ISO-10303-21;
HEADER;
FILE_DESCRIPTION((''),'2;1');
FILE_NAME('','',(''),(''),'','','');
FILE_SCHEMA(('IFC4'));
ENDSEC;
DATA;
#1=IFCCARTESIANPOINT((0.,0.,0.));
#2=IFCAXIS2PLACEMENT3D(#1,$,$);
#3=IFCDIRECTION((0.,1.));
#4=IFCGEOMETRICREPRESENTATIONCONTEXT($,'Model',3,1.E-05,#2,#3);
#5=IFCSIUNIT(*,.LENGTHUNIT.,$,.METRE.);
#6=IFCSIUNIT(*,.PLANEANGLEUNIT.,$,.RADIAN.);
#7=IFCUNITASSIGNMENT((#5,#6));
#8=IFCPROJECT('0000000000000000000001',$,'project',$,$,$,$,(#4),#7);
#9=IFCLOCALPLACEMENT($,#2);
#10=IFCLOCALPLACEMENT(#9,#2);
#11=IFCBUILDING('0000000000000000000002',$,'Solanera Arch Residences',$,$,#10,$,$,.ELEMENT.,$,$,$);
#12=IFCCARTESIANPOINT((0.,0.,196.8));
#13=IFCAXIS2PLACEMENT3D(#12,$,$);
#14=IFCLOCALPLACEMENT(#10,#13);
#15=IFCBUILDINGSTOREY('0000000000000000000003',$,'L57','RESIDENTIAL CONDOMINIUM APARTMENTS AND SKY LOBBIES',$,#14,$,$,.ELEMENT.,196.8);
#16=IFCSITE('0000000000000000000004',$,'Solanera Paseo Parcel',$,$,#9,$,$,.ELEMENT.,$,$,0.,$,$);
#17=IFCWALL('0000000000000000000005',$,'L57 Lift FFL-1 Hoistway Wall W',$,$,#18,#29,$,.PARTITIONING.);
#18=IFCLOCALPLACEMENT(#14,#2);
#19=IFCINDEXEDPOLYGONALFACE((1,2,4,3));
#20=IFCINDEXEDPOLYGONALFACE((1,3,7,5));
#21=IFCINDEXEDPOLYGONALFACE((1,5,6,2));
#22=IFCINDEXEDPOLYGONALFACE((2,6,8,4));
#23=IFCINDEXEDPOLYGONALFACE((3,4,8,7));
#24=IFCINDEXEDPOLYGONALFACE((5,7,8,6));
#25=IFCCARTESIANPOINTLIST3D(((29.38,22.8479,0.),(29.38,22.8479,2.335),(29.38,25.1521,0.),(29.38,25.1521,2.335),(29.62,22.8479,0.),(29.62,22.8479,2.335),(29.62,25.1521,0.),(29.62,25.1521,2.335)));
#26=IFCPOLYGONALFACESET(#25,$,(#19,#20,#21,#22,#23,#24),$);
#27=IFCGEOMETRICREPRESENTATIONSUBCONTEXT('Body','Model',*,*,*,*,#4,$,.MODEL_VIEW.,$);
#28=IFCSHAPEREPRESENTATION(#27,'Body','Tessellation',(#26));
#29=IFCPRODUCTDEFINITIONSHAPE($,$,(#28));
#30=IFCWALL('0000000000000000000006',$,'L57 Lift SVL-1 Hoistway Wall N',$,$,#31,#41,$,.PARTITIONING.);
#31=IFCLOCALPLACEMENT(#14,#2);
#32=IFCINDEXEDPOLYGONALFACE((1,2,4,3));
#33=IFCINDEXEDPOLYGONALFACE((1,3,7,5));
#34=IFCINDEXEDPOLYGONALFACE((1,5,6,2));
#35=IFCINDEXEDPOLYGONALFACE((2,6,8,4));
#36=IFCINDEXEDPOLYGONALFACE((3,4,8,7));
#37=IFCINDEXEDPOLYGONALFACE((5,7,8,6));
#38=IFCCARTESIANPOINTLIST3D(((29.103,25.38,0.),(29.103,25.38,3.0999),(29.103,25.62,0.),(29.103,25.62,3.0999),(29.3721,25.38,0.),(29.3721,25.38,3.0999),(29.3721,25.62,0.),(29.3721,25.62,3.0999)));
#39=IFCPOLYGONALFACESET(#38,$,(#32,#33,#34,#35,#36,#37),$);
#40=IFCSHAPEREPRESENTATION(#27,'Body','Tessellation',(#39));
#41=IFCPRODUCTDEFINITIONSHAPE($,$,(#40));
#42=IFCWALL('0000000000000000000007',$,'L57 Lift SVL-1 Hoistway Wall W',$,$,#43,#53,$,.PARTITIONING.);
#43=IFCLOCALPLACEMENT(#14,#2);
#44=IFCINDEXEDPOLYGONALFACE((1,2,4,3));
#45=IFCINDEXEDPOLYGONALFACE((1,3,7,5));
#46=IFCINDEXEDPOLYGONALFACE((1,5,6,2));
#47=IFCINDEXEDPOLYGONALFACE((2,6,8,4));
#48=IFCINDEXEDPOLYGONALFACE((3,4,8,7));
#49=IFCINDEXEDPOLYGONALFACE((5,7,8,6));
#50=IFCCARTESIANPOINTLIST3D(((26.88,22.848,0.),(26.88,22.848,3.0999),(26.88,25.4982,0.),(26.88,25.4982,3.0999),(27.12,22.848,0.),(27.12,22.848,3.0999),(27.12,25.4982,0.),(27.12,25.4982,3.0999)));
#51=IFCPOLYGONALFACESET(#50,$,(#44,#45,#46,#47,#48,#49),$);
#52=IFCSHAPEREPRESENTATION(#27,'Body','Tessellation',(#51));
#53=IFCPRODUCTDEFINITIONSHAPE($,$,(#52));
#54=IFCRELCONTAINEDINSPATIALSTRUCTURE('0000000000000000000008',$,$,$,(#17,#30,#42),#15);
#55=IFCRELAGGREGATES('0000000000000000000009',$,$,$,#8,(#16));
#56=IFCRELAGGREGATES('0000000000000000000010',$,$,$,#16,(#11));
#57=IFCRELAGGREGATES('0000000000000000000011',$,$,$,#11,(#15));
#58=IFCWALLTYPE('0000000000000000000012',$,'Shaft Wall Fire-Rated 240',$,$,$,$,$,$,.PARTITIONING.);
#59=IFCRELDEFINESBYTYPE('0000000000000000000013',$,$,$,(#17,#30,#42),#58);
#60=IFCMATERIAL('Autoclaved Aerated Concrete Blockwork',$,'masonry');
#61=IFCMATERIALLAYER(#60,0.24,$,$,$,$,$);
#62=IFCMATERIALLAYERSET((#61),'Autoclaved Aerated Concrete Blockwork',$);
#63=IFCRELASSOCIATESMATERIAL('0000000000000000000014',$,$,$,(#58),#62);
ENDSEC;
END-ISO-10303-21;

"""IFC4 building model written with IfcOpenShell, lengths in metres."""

from ifc_helpers import new_model, si_unit, direction, frame, frame_2d, origin, place, context, subcontext, project, spatial, rectangle, extrude, material, layer, layer_set, type_object, element, save


model = new_model("IFC4")

# Units and contexts
model_context = context("Model", 3, precision=1e-05, world=origin(), true_north=direction((0.0, 1.0)))
body_context = subcontext(model_context, "Body", "Model", "MODEL_VIEW")
ifc_project = project(units=[si_unit("LENGTHUNIT", "METRE"), si_unit("PLANEANGLEUNIT", "RADIAN")], contexts=[model_context])

# Site, building, storey
site_placement = place(None, origin())
site = spatial("IfcSite", under=ifc_project, at=site_placement, Name="Solanera Paseo Parcel", CompositionType="ELEMENT", RefElevation=0.0)
building_placement = place(site_placement, origin())
building = spatial("IfcBuilding", under=site, at=building_placement, Name="Solanera Arch Residences", CompositionType="ELEMENT")
storey_placement = place(building_placement, frame((0.0, 0.0, 196.8)))
storey = spatial("IfcBuildingStorey", under=building, at=storey_placement, Name="L57", Description="RESIDENTIAL CONDOMINIUM APARTMENTS AND SKY LOBBIES", CompositionType="ELEMENT", Elevation=196.8)

# Walls
ifc_material_1 = material(Name="Autoclaved Aerated Concrete Blockwork", Category="masonry")
ifc_layer_1 = layer(ifc_material_1, 0.24)
ifc_layer_set_1 = layer_set([ifc_layer_1], Name="Autoclaved Aerated Concrete Blockwork")
wall_type_1 = type_object("IfcWallType", Name="Shaft Wall Fire-Rated 240", PredefinedType="PARTITIONING", material=ifc_layer_set_1)
wall_1_placement = place(storey_placement, frame((29.5, 22.8479, 0.0), z_axis=(0.0, 0.0, 1.0), x_axis=(0.0, 1.0, 0.0)))
element("IfcWall", 1, at=wall_1_placement, inside=storey, type_object=wall_type_1, Name="L57 Lift FFL-1 Hoistway Wall W", PredefinedType="PARTITIONING", context=body_context, shape_type="SweptSolid", body=[
    extrude(rectangle(XDim=2.3042, YDim=0.24, at=frame_2d((1.1521, 0.0))), origin(), (0.0, 0.0, 1.0), 2.335),
])
wall_2_placement = place(storey_placement, frame((29.103, 25.5, 0.0), z_axis=(0.0, 0.0, 1.0), x_axis=(1.0, 0.0, 0.0)))
element("IfcWall", 2, at=wall_2_placement, inside=storey, type_object=wall_type_1, Name="L57 Lift SVL-1 Hoistway Wall N", PredefinedType="PARTITIONING", context=body_context, shape_type="SweptSolid", body=[
    extrude(rectangle(XDim=0.269, YDim=0.24, at=frame_2d((0.1345, 0.0))), origin(), (0.0, 0.0, 1.0), 3.0999),
])
wall_3_placement = place(storey_placement, frame((27.0, 22.8479, 0.0), z_axis=(0.0, 0.0, 1.0), x_axis=(0.0, 1.0, 0.0)))
element("IfcWall", 3, at=wall_3_placement, inside=storey, type_object=wall_type_1, Name="L57 Lift SVL-1 Hoistway Wall W", PredefinedType="PARTITIONING", context=body_context, shape_type="SweptSolid", body=[
    extrude(rectangle(XDim=2.6501, YDim=0.24, at=frame_2d((1.3252, 0.0))), origin(), (0.0, 0.0, 1.0), 3.0999),
])

save(model, "model.ifc")
